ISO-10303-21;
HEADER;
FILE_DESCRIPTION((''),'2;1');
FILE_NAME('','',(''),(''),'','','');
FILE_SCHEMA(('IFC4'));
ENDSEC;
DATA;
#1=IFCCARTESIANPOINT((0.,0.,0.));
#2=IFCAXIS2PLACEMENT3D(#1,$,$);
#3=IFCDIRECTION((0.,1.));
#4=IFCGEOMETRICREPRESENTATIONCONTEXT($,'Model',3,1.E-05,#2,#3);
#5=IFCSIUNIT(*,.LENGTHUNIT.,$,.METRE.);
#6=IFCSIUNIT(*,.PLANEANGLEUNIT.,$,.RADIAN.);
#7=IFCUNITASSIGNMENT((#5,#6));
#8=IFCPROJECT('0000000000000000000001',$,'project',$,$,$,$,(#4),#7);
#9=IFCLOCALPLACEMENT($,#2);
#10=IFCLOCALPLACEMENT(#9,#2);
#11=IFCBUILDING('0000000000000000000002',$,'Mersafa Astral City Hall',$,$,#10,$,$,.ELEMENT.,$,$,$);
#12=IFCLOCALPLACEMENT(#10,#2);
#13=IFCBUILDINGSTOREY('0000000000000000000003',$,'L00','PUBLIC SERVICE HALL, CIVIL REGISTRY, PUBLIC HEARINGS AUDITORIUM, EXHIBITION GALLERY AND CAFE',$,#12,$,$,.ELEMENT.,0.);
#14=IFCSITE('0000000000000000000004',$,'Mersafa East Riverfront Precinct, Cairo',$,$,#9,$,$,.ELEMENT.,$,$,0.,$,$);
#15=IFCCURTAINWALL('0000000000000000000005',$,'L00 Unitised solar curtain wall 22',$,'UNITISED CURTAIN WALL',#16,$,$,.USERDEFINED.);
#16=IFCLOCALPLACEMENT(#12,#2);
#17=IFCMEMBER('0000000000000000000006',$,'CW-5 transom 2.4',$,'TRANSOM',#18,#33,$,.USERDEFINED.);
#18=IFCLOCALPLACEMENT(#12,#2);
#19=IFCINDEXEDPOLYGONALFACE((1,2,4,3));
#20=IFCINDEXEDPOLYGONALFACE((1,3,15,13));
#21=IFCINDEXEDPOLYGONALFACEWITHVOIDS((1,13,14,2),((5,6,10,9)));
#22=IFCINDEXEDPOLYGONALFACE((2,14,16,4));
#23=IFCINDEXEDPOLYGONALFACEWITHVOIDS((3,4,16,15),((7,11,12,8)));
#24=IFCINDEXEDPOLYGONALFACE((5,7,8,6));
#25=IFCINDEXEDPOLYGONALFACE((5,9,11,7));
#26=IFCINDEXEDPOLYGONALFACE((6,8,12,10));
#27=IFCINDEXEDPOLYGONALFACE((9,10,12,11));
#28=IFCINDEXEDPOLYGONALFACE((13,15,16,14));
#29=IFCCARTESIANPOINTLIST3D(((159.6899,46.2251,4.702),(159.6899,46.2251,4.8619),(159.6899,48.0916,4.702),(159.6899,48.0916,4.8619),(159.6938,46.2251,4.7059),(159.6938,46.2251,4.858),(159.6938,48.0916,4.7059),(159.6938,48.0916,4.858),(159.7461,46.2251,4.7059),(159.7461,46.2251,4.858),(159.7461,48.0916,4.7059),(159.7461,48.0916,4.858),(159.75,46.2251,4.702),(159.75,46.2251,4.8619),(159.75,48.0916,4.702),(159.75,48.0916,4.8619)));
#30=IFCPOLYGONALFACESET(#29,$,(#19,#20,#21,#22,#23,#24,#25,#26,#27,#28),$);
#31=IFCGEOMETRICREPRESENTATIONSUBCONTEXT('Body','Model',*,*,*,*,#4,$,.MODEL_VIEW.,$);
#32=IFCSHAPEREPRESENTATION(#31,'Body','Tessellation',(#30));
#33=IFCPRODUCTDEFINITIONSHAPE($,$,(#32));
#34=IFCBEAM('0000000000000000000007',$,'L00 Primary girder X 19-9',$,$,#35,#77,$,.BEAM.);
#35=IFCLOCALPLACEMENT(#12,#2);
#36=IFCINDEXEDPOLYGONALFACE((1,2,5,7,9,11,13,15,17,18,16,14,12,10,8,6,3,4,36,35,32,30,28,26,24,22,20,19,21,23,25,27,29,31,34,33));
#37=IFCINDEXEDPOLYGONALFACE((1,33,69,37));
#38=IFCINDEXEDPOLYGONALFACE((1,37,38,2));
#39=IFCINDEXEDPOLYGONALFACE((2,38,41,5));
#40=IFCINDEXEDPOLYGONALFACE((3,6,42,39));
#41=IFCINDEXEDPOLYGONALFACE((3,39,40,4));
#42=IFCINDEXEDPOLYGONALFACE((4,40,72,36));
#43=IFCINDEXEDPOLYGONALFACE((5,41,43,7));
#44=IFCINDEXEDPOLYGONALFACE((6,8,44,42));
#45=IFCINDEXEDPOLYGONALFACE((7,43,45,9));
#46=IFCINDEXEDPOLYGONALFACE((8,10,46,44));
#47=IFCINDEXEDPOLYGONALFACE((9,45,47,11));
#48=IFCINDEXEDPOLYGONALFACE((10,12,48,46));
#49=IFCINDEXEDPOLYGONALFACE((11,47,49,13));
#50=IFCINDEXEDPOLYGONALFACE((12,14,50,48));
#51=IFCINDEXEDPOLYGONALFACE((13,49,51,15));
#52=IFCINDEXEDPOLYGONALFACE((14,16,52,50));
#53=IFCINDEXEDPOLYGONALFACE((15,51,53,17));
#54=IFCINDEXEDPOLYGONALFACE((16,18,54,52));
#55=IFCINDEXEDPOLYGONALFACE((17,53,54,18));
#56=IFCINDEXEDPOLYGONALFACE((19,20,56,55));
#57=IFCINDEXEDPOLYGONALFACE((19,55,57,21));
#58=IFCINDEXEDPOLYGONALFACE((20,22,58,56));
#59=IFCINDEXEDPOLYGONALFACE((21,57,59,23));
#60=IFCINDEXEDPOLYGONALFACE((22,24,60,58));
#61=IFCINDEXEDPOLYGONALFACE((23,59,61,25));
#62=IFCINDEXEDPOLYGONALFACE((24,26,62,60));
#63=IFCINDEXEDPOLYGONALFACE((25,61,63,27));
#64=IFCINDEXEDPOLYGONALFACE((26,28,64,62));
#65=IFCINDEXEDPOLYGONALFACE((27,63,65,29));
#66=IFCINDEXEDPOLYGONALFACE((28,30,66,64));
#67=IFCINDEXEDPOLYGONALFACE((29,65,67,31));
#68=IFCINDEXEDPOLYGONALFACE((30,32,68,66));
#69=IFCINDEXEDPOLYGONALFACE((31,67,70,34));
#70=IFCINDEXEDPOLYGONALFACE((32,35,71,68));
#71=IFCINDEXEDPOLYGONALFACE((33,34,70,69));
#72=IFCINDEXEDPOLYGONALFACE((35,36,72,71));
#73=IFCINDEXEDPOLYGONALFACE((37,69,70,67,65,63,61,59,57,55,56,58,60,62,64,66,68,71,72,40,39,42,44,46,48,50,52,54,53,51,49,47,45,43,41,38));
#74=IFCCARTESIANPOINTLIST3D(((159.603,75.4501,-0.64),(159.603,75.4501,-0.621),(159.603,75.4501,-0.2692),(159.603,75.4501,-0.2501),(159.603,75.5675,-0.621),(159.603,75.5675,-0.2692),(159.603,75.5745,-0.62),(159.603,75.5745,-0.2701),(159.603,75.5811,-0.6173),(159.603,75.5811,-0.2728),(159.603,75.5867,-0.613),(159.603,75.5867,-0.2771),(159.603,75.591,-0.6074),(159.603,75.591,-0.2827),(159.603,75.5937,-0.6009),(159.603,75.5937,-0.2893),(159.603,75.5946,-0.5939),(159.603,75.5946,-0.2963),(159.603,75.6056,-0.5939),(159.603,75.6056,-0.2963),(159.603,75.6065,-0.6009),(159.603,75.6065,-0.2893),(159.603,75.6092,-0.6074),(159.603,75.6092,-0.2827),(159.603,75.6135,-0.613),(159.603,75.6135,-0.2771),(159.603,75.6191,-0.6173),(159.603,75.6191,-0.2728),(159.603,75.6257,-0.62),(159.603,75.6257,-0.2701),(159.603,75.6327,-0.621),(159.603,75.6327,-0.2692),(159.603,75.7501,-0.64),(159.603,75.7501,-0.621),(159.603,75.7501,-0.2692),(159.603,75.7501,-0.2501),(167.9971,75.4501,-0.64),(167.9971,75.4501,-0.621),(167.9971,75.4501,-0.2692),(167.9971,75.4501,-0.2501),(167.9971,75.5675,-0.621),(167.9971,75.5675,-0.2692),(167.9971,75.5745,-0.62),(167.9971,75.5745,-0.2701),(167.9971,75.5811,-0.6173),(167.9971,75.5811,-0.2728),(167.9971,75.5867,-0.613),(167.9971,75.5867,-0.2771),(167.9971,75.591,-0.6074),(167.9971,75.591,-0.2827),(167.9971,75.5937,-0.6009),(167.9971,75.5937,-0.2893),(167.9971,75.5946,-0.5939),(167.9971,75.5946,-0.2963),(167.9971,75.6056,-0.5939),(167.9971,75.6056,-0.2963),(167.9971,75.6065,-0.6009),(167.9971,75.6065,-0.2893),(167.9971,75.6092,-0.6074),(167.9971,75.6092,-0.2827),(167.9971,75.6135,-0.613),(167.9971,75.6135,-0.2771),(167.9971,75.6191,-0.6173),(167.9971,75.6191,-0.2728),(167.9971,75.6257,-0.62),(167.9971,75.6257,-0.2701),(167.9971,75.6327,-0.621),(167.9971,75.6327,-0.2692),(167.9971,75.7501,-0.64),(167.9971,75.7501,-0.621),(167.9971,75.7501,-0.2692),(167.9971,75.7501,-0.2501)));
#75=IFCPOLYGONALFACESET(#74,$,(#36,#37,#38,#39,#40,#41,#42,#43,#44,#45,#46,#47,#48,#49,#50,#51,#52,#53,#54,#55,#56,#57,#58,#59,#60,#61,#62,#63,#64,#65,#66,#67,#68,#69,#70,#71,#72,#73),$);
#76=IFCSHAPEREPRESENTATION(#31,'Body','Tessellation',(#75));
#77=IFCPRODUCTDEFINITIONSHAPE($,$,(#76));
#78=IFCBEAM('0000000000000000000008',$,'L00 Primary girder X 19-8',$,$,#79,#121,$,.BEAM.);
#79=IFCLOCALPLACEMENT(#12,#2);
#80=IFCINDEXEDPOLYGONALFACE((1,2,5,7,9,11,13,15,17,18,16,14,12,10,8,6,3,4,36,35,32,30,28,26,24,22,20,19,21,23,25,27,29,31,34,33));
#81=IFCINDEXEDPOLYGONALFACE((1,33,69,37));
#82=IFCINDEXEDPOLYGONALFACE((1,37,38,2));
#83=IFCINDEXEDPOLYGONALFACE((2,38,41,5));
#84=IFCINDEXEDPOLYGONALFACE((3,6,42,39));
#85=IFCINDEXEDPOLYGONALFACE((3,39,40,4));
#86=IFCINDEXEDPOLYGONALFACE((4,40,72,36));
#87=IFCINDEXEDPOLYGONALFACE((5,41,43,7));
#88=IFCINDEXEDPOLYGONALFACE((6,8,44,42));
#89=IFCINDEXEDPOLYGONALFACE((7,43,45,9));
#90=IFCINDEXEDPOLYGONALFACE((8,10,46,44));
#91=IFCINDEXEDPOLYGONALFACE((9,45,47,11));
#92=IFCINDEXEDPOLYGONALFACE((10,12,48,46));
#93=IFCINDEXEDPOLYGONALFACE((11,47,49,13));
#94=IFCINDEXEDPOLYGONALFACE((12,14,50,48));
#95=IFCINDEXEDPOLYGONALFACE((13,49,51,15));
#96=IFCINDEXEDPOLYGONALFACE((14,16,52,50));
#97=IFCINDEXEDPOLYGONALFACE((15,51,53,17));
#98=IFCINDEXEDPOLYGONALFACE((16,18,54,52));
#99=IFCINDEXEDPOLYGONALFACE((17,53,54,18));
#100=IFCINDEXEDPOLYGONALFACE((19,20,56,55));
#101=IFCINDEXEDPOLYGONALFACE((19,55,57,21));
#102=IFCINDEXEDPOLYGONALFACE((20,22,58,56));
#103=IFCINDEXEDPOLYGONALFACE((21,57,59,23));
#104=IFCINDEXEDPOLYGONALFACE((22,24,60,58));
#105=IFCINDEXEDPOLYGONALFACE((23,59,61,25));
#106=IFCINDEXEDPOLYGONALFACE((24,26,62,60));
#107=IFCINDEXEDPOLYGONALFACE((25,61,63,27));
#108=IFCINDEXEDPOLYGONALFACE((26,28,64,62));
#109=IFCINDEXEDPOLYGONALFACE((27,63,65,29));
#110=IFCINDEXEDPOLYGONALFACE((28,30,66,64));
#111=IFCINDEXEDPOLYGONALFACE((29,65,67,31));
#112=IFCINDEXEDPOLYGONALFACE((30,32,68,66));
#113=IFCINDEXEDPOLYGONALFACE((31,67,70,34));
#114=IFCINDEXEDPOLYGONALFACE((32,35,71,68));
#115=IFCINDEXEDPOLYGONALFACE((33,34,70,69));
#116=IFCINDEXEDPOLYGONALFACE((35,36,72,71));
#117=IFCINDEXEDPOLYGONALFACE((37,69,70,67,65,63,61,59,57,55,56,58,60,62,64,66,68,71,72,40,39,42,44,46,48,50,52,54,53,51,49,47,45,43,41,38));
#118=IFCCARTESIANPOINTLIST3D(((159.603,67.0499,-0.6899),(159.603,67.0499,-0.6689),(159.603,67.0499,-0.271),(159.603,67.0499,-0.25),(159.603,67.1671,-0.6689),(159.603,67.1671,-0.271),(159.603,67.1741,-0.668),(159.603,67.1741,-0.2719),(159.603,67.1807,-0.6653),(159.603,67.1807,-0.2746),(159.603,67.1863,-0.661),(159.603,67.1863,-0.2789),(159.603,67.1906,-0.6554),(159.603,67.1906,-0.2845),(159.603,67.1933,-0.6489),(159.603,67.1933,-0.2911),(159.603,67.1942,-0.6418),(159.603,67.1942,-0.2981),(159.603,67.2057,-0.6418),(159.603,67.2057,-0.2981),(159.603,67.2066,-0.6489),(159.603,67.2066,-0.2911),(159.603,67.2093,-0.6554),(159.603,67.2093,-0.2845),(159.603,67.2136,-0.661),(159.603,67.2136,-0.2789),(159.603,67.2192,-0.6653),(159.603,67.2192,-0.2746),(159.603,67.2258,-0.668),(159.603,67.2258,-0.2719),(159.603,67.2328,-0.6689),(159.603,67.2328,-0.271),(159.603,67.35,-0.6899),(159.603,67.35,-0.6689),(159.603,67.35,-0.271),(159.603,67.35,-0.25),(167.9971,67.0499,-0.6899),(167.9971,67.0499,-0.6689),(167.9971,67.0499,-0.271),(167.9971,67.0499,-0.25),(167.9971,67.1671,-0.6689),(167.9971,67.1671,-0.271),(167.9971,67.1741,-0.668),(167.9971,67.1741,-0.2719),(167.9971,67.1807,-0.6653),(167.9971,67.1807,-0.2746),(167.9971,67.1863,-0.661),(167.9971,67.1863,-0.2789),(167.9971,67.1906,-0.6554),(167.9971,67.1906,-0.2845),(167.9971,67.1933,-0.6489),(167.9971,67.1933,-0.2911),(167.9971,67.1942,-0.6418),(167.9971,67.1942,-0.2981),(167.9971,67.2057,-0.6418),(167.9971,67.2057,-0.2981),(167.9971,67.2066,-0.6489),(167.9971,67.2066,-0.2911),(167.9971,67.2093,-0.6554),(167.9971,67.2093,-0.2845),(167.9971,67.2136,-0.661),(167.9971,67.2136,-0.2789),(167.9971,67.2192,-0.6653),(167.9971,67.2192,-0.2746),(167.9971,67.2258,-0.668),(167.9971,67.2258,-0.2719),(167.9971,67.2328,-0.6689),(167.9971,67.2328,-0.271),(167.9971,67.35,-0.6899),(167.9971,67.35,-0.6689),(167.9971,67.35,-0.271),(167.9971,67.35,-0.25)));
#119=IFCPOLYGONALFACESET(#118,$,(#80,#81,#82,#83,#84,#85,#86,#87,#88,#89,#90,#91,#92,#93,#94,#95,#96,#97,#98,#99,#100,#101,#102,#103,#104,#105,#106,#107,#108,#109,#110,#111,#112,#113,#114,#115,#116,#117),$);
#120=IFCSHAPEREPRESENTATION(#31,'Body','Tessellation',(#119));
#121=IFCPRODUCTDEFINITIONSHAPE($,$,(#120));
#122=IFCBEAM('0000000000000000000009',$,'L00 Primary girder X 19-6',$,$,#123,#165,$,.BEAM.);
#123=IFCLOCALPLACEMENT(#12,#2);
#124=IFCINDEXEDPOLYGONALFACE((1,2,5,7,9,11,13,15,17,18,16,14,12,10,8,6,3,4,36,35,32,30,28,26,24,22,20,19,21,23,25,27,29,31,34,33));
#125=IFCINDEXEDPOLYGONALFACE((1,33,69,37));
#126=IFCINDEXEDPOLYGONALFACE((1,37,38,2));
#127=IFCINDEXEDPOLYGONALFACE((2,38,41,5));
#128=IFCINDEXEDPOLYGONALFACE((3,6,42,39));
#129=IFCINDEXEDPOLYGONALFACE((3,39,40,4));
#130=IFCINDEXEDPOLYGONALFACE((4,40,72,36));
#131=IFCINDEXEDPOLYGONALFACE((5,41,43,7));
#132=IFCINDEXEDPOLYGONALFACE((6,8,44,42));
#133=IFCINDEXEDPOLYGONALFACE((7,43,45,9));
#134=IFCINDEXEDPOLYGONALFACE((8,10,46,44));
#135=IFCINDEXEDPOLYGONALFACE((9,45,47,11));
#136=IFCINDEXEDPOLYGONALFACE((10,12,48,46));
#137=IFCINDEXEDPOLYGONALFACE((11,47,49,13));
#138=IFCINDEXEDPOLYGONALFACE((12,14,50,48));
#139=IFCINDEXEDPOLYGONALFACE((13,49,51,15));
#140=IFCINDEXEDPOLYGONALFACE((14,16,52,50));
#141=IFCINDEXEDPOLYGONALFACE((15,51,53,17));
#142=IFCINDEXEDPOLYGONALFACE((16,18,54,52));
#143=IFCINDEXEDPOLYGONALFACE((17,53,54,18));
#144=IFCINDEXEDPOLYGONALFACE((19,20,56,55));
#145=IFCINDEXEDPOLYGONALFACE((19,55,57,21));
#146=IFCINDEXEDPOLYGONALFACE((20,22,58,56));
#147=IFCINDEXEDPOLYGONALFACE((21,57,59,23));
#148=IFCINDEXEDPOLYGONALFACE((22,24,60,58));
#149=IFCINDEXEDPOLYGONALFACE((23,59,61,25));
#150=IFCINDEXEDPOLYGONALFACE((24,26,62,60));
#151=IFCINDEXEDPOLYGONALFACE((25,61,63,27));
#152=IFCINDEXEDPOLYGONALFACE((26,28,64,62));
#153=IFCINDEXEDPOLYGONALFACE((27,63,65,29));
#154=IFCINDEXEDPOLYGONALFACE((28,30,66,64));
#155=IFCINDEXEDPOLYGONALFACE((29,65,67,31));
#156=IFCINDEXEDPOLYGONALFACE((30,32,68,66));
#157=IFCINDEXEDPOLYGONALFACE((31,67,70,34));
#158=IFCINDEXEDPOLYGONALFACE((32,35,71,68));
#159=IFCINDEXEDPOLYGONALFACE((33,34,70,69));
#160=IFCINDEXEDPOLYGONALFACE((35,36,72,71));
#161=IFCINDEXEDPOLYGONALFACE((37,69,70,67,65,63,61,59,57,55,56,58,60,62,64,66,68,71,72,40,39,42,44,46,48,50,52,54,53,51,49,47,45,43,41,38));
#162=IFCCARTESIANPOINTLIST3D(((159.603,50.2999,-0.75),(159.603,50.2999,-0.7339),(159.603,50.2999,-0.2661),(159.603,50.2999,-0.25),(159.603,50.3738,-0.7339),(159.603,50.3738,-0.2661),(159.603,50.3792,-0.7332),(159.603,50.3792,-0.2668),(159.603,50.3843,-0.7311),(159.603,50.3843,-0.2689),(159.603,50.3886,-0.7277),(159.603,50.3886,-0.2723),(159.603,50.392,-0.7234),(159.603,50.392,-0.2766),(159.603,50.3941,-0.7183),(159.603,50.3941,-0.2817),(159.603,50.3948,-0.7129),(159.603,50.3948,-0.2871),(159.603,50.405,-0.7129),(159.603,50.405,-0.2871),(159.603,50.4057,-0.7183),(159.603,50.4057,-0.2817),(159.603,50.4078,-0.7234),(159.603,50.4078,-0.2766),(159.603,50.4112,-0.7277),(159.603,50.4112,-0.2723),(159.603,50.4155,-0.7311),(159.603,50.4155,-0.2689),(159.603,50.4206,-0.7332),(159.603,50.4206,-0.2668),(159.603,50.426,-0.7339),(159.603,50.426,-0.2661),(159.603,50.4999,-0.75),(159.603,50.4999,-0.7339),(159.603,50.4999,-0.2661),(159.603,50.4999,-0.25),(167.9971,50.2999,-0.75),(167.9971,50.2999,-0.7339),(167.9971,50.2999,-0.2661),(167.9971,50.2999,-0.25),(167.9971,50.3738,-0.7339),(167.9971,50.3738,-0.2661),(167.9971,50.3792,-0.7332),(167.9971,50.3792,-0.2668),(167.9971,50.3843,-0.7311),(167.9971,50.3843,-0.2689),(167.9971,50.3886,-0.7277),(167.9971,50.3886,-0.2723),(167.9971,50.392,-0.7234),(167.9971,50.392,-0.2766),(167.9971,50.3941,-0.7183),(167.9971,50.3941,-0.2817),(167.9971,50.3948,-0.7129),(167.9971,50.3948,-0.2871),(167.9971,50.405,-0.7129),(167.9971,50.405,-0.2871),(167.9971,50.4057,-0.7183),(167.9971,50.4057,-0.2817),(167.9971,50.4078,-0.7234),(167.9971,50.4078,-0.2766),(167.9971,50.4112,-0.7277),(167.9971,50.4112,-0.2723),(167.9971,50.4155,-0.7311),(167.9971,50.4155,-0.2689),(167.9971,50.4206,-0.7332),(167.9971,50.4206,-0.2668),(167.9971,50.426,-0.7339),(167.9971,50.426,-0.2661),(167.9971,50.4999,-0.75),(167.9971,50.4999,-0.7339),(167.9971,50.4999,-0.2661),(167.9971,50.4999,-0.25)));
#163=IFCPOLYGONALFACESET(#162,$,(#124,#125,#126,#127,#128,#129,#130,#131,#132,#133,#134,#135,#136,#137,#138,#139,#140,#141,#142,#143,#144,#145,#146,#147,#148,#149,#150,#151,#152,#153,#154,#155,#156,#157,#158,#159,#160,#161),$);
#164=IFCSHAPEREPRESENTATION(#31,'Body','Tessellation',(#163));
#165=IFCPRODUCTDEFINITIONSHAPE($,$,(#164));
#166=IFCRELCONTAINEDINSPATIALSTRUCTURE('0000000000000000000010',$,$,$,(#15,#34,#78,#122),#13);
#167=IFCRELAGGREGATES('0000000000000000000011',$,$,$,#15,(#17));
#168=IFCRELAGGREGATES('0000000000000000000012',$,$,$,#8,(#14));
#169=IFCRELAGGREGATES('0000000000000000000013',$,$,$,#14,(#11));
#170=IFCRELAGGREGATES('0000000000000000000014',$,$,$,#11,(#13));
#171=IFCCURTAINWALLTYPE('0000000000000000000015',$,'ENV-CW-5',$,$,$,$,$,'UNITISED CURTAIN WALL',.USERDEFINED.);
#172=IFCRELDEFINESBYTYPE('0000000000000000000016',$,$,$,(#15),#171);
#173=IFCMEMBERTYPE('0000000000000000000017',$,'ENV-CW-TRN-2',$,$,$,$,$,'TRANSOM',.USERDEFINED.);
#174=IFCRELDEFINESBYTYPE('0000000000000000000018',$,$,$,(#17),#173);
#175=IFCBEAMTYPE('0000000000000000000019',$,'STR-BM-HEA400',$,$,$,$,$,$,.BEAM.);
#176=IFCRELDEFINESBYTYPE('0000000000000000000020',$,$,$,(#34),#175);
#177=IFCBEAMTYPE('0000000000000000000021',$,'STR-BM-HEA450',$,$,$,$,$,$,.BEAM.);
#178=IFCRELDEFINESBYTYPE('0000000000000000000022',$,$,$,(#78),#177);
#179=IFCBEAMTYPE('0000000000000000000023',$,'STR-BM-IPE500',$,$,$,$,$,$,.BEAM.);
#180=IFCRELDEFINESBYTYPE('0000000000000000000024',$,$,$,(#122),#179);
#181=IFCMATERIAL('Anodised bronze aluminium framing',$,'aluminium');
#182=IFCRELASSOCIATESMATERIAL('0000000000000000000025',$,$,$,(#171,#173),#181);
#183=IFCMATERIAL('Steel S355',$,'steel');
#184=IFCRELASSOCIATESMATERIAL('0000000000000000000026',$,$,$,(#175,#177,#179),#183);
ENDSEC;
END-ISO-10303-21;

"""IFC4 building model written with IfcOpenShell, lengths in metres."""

from ifc_helpers import new_model, si_unit, direction, frame, origin, origin_2d, place, context, subcontext, project, spatial, hollow_rectangle, i_section, extrude, material, material_profile, profile_set, type_object, element, aggregate, save


model = new_model("IFC4")

# Units and contexts
model_context = context("Model", 3, precision=1e-05, world=origin(), true_north=direction((0.0, 1.0)))
body_context = subcontext(model_context, "Body", "Model", "MODEL_VIEW")
ifc_project = project(units=[si_unit("LENGTHUNIT", "METRE"), si_unit("PLANEANGLEUNIT", "RADIAN")], contexts=[model_context])

# Site, building, storey
site_placement = place(None, origin())
site = spatial("IfcSite", under=ifc_project, at=site_placement, Name="Mersafa East Riverfront Precinct, Cairo", CompositionType="ELEMENT", RefElevation=0.0)
building_placement = place(site_placement, origin())
building = spatial("IfcBuilding", under=site, at=building_placement, Name="Mersafa Astral City Hall", CompositionType="ELEMENT")
storey_placement = place(building_placement, origin())
storey = spatial("IfcBuildingStorey", under=building, at=storey_placement, Name="L00", Description="PUBLIC SERVICE HALL, CIVIL REGISTRY, PUBLIC HEARINGS AUDITORIUM, EXHIBITION GALLERY AND CAFE", CompositionType="ELEMENT", Elevation=0.0)

# Shared definitions
ifc_material_1 = material(Name="Steel S355", Category="steel")

# Curtain wall, member
ifc_material_2 = material(Name="Anodised bronze aluminium framing", Category="aluminium")
curtain_wall_type = type_object("IfcCurtainWallType", Name="ENV-CW-5", ElementType="UNITISED CURTAIN WALL", PredefinedType="USERDEFINED", material=ifc_material_2)
curtain_wall_placement = place(storey_placement, origin())
curtain_wall = element("IfcCurtainWall", 1, at=curtain_wall_placement, inside=storey, type_object=curtain_wall_type, Name="L00 Unitised solar curtain wall 22", ObjectType="UNITISED CURTAIN WALL", PredefinedType="USERDEFINED")
ifc_material_profile_1 = material_profile(ifc_material_2, hollow_rectangle(XDim=0.0601, YDim=0.1599, WallThickness=0.0039, at=origin_2d()), Name="RHS 60x160x4")
ifc_profile_set_1 = profile_set([ifc_material_profile_1], Name="Anodised bronze aluminium framing")
member_type_1 = type_object("IfcMemberType", Name="ENV-CW-TRN-2", ElementType="TRANSOM", PredefinedType="USERDEFINED", material=ifc_profile_set_1)
member_1_placement = place(storey_placement, frame((159.72, 48.0916, 4.782), z_axis=(0.0, -1.0, 0.0), x_axis=(1.0, 0.0, 0.0)))
member_1 = element("IfcMember", 2, at=member_1_placement, type_object=member_type_1, Name="CW-5 transom 2.4", ObjectType="TRANSOM", PredefinedType="USERDEFINED", context=body_context, shape_type="SweptSolid", body=[
    extrude(hollow_rectangle(XDim=0.0601, YDim=0.1599, WallThickness=0.0039, at=origin_2d()), origin(), (0.0, 0.0, 1.0), 1.8665),
])

# Beams
ifc_material_profile_2 = material_profile(ifc_material_1, i_section(OverallWidth=0.3, OverallDepth=0.3899, WebThickness=0.011, FlangeThickness=0.019, FilletRadius=0.0271, at=origin_2d()), Name="HEA 400")
ifc_profile_set_2 = profile_set([ifc_material_profile_2], Name="Steel S355")
beam_type_1 = type_object("IfcBeamType", Name="STR-BM-HEA400", PredefinedType="BEAM", material=ifc_profile_set_2)
beam_1_placement = place(storey_placement, frame((159.603, 75.6001, -0.4451), z_axis=(1.0, 0.0, 0.0), x_axis=(0.0, 1.0, 0.0)))
element("IfcBeam", 3, at=beam_1_placement, inside=storey, type_object=beam_type_1, Name="L00 Primary girder X 19-9", PredefinedType="BEAM", context=body_context, shape_type="SweptSolid", body=[
    extrude(i_section(OverallWidth=0.3, OverallDepth=0.3899, WebThickness=0.011, FlangeThickness=0.019, FilletRadius=0.0271, at=origin_2d()), origin(), (0.0, 0.0, 1.0), 8.394),
])
ifc_material_profile_3 = material_profile(ifc_material_1, i_section(OverallWidth=0.3, OverallDepth=0.4399, WebThickness=0.0115, FlangeThickness=0.021, FilletRadius=0.0271, at=origin_2d()), Name="HEA 450")
ifc_profile_set_3 = profile_set([ifc_material_profile_3], Name="Steel S355")
beam_type_2 = type_object("IfcBeamType", Name="STR-BM-HEA450", PredefinedType="BEAM", material=ifc_profile_set_3)
beam_2_placement = place(storey_placement, frame((159.603, 67.2, -0.47), z_axis=(1.0, 0.0, 0.0), x_axis=(0.0, 1.0, 0.0)))
element("IfcBeam", 4, at=beam_2_placement, inside=storey, type_object=beam_type_2, Name="L00 Primary girder X 19-8", PredefinedType="BEAM", context=body_context, shape_type="SweptSolid", body=[
    extrude(i_section(OverallWidth=0.3, OverallDepth=0.4399, WebThickness=0.0115, FlangeThickness=0.021, FilletRadius=0.0271, at=origin_2d()), origin(), (0.0, 0.0, 1.0), 8.394),
])
ifc_material_profile_4 = material_profile(ifc_material_1, i_section(OverallWidth=0.2, OverallDepth=0.5, WebThickness=0.0103, FlangeThickness=0.0161, FilletRadius=0.021, at=origin_2d()), Name="IPE 500")
ifc_profile_set_4 = profile_set([ifc_material_profile_4], Name="Steel S355")
beam_type_3 = type_object("IfcBeamType", Name="STR-BM-IPE500", PredefinedType="BEAM", material=ifc_profile_set_4)
beam_3_placement = place(storey_placement, frame((159.603, 50.3999, -0.5), z_axis=(1.0, 0.0, 0.0), x_axis=(0.0, 1.0, 0.0)))
element("IfcBeam", 5, at=beam_3_placement, inside=storey, type_object=beam_type_3, Name="L00 Primary girder X 19-6", PredefinedType="BEAM", context=body_context, shape_type="SweptSolid", body=[
    extrude(i_section(OverallWidth=0.2, OverallDepth=0.5, WebThickness=0.0103, FlangeThickness=0.0161, FilletRadius=0.021, at=origin_2d()), origin(), (0.0, 0.0, 1.0), 8.394),
])

aggregate(curtain_wall, [member_1])

save(model, "model.ifc")
